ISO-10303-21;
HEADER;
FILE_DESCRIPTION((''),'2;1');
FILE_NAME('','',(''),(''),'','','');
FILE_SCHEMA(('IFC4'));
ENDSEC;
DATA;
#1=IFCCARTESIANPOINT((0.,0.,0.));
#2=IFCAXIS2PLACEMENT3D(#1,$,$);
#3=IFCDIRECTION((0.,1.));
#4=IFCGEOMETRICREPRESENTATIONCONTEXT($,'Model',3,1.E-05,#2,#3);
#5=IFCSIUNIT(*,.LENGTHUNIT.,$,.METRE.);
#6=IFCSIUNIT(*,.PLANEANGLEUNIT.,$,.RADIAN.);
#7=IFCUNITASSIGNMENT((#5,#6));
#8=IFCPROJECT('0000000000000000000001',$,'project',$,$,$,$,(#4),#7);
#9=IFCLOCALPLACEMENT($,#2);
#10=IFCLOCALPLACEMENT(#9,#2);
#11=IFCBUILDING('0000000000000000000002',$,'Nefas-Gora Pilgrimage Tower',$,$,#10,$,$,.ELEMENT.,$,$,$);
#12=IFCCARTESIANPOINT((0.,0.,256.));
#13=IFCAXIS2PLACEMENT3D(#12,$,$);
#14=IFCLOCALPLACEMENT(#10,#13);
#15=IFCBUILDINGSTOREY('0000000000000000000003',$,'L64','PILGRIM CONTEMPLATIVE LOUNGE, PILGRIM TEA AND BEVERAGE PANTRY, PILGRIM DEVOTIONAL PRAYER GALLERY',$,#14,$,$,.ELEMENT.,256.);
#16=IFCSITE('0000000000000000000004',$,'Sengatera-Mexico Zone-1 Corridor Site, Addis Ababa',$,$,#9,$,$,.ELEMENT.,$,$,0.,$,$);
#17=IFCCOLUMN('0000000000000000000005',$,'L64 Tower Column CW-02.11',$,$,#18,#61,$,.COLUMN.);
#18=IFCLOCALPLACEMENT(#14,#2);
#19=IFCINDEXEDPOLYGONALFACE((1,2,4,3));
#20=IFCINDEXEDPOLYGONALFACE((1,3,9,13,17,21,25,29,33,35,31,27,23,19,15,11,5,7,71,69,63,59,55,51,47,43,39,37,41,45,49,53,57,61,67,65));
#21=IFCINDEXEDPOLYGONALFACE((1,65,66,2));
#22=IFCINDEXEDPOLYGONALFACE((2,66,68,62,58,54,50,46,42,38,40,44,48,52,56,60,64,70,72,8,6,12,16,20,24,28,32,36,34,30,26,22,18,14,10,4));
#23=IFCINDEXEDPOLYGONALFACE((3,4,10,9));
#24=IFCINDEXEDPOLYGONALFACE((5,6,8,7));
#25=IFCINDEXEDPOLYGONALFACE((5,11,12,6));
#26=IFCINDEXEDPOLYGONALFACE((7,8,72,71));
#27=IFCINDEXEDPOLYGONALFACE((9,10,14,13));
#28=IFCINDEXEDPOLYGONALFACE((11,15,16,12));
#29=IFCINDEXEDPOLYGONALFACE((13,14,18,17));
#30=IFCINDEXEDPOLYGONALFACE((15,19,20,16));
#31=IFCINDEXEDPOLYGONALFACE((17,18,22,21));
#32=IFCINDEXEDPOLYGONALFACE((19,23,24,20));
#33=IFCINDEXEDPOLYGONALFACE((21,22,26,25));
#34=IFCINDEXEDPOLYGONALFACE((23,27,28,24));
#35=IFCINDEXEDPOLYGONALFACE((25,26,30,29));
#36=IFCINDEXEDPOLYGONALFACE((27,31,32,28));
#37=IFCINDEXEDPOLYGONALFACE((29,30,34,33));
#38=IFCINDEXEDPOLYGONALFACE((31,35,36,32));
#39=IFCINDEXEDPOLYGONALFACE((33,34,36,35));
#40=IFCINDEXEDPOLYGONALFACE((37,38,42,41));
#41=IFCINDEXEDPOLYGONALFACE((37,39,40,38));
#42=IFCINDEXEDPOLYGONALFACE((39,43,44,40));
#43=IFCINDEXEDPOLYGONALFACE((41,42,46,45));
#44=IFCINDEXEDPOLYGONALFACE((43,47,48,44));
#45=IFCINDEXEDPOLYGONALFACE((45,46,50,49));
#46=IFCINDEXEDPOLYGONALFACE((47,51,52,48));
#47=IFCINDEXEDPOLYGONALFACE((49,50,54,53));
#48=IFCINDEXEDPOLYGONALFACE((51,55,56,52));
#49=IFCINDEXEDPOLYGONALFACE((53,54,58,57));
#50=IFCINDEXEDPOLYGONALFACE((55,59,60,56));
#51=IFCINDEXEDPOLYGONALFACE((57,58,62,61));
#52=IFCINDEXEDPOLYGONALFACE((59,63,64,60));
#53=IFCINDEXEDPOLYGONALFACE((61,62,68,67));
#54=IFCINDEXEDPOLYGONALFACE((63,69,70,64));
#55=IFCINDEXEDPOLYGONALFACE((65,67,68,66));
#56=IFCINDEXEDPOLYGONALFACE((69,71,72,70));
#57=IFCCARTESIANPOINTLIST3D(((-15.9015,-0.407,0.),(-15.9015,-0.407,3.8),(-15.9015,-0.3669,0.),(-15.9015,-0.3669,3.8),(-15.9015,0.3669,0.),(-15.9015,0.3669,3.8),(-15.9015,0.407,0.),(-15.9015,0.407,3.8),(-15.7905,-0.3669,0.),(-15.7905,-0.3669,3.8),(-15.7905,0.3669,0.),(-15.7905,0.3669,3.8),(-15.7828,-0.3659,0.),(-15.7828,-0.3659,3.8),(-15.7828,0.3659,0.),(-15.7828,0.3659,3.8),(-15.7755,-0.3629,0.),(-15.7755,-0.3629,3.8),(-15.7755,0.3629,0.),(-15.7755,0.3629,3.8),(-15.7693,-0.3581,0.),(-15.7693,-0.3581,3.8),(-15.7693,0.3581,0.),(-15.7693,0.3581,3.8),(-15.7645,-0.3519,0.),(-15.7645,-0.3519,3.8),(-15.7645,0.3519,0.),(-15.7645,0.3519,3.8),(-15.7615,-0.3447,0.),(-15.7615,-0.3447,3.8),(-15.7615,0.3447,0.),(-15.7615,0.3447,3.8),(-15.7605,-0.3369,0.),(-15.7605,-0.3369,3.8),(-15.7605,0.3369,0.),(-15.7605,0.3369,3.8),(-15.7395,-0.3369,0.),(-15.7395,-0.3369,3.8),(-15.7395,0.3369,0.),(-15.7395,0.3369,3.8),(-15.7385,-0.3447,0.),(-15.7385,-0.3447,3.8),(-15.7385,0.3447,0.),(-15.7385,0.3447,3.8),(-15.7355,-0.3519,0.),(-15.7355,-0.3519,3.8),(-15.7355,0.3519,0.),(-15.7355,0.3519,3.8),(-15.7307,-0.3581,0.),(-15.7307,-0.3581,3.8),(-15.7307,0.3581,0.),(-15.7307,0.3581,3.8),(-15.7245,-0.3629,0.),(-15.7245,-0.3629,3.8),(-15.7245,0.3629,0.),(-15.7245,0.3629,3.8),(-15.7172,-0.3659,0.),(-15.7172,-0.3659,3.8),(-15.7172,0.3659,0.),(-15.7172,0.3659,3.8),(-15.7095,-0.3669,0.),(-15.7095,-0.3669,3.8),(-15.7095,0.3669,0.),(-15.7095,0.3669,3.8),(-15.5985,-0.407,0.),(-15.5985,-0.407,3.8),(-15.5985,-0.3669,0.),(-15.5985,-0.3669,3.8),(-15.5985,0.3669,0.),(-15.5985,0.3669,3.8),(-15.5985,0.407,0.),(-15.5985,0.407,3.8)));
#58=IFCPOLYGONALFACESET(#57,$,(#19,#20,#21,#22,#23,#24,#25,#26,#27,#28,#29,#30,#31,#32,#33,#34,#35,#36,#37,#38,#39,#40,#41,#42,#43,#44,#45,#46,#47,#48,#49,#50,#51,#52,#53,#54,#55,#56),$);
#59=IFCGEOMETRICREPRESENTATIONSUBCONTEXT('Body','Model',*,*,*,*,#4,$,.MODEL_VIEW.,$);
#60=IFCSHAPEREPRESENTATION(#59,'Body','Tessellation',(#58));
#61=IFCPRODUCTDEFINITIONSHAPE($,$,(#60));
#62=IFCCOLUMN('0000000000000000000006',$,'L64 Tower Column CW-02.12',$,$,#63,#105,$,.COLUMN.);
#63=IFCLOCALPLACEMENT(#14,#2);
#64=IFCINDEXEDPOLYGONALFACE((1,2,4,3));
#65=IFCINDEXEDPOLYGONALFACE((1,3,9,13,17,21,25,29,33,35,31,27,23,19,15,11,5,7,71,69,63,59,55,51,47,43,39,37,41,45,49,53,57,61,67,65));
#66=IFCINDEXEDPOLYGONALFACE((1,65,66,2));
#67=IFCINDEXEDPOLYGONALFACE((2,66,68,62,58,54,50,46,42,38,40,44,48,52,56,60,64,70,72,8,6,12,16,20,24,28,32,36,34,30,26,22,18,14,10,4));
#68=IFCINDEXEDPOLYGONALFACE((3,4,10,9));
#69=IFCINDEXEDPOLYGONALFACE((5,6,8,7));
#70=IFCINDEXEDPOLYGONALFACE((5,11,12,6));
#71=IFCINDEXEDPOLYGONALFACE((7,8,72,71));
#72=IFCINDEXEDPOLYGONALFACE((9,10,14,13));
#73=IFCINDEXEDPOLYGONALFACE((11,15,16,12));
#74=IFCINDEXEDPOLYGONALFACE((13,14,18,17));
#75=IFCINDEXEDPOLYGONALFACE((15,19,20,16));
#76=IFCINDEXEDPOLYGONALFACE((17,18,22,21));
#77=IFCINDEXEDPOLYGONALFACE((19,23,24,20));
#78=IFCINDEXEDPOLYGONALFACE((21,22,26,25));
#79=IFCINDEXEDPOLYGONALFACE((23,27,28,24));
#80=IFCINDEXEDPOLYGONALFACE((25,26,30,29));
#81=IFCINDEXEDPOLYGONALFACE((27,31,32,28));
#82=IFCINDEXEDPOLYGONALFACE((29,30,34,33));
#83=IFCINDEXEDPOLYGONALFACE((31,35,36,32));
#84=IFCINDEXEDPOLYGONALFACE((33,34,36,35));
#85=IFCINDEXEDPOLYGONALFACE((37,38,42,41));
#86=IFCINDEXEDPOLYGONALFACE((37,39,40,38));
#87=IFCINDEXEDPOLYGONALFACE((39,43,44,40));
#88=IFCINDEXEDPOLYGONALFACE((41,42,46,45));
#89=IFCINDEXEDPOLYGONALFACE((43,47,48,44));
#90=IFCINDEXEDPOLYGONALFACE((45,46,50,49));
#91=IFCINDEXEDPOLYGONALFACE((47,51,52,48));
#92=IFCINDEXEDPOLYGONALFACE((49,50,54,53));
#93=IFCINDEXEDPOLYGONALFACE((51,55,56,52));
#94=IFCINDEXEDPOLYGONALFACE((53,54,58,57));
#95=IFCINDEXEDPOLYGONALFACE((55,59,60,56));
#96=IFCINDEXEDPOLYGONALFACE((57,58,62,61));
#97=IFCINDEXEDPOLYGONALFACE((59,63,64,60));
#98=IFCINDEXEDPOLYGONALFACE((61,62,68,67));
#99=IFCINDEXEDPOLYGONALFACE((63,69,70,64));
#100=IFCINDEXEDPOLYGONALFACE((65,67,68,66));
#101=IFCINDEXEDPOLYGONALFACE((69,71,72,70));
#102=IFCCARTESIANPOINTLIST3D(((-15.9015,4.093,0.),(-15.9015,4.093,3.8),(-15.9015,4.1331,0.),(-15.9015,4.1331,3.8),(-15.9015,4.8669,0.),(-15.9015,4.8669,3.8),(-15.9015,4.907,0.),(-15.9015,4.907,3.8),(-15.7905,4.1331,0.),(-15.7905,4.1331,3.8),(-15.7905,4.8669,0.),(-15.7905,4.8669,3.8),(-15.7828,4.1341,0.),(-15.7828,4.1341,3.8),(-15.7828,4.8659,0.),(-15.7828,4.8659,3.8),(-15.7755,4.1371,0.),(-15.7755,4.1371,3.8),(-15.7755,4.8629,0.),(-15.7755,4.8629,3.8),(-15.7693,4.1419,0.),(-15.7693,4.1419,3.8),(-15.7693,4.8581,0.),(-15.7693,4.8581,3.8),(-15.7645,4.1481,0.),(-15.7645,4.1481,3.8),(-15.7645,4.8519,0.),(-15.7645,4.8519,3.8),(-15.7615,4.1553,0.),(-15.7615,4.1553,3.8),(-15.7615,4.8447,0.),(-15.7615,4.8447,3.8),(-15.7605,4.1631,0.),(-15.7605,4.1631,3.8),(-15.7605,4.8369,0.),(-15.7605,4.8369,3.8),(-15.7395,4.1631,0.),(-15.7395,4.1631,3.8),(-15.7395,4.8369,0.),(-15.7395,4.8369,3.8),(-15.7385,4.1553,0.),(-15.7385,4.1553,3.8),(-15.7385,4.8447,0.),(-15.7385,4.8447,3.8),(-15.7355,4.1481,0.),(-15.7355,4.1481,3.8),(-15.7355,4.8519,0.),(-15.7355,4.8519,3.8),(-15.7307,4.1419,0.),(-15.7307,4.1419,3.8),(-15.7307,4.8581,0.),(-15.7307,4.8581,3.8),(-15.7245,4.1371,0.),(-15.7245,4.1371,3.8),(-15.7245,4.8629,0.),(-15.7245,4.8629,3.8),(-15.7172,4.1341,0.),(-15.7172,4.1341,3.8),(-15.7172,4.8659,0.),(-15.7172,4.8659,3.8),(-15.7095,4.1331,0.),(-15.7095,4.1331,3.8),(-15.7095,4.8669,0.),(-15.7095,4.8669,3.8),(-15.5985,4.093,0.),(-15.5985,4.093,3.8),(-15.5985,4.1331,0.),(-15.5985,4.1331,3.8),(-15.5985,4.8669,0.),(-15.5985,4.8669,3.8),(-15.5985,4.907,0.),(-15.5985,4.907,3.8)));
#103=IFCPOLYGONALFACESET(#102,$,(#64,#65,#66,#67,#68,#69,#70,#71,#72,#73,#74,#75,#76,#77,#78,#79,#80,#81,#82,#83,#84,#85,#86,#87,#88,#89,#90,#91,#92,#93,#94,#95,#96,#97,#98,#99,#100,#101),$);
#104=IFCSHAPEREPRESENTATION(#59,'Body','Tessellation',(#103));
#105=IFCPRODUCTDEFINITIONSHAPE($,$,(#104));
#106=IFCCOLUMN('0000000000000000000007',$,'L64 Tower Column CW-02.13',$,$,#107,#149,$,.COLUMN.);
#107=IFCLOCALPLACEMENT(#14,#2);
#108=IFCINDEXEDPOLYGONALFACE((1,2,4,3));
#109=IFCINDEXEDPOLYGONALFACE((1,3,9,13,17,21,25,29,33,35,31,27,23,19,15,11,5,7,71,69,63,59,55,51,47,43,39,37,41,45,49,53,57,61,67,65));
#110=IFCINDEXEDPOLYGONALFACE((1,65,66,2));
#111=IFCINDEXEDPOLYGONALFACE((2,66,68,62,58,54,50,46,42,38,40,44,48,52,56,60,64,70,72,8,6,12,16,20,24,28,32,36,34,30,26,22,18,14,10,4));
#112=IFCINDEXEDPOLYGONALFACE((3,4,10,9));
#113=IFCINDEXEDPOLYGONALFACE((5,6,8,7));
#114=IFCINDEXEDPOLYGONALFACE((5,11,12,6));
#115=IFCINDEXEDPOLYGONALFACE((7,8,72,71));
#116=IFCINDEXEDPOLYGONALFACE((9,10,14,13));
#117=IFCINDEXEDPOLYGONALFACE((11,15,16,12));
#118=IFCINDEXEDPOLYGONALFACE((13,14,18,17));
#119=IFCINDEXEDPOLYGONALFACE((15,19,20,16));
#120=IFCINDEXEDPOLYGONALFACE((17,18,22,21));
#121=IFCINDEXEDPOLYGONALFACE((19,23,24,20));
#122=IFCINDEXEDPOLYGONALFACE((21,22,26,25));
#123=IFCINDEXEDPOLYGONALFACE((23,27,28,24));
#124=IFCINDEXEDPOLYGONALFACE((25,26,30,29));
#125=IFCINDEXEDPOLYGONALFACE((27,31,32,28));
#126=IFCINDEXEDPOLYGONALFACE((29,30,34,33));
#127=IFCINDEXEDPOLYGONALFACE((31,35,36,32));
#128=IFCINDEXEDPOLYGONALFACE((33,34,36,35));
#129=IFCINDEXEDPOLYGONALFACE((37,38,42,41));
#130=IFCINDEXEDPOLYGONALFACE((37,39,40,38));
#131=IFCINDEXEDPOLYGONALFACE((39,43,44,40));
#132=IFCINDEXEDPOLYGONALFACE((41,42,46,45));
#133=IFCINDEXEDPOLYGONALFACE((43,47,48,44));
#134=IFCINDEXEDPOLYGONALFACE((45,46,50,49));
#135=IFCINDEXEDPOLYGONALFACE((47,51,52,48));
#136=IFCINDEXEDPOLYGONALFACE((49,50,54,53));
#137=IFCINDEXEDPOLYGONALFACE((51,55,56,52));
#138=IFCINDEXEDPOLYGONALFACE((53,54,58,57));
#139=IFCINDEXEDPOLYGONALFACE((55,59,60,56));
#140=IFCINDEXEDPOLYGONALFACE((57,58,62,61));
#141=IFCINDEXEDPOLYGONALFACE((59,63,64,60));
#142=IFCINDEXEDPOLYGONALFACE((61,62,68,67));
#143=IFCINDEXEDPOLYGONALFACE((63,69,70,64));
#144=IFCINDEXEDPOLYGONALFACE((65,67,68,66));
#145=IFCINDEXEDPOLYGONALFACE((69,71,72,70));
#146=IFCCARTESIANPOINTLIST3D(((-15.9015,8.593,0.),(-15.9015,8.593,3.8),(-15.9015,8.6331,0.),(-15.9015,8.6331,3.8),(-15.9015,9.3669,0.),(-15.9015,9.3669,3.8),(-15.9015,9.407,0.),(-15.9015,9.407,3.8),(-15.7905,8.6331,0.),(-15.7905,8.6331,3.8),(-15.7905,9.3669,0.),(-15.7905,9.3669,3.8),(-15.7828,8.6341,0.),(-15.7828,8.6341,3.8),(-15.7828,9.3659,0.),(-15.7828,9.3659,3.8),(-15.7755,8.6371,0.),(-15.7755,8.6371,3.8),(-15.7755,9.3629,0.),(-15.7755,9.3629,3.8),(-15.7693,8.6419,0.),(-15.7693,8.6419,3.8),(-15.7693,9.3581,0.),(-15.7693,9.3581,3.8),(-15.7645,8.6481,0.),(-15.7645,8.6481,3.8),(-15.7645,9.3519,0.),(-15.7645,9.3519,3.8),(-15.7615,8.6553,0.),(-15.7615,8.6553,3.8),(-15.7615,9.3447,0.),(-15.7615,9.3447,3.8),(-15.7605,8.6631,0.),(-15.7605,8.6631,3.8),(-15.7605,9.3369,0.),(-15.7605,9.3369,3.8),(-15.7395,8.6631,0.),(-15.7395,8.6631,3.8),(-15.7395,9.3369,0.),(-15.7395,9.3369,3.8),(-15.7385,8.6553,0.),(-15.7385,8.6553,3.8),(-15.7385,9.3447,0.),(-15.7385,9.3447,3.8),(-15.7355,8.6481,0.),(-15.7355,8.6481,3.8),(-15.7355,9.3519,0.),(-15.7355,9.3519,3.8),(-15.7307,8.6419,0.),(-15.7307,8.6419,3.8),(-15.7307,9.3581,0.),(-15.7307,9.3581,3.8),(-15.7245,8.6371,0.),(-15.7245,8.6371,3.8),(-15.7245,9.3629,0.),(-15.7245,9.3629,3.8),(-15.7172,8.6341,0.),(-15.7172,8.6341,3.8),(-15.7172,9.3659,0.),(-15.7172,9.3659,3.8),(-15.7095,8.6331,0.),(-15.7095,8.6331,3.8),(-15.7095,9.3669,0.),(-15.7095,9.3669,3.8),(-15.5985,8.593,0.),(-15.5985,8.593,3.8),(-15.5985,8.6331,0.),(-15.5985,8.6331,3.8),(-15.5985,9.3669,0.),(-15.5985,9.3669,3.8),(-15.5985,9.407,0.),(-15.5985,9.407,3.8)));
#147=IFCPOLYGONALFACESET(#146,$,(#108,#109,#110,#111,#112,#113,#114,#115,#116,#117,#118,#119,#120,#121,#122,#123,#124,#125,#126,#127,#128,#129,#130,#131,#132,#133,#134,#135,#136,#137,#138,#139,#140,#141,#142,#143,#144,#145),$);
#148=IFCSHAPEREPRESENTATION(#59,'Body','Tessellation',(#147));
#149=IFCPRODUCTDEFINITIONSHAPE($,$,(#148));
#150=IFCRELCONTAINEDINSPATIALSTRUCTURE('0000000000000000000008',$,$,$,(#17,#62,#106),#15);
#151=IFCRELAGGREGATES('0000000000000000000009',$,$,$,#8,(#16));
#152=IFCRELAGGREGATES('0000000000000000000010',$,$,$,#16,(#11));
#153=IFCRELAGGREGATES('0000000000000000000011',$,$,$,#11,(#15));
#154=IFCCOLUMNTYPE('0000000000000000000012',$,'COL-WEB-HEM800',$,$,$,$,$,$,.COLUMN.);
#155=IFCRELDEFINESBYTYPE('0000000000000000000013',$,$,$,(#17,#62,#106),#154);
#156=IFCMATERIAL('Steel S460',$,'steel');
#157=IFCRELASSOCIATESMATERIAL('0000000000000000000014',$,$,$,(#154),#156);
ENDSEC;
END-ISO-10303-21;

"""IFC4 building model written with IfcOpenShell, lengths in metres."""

from ifc_helpers import new_model, si_unit, direction, frame, origin, origin_2d, place, context, subcontext, project, spatial, i_section, extrude, source, transform, mapped, material, material_profile, profile_set, type_object, element, save


model = new_model("IFC4")

# Units and contexts
model_context = context("Model", 3, precision=1e-05, world=origin(), true_north=direction((0.0, 1.0)))
body_context = subcontext(model_context, "Body", "Model", "MODEL_VIEW")
ifc_project = project(units=[si_unit("LENGTHUNIT", "METRE"), si_unit("PLANEANGLEUNIT", "RADIAN")], contexts=[model_context])

# Site, building, storey
site_placement = place(None, origin())
site = spatial("IfcSite", under=ifc_project, at=site_placement, Name="Sengatera-Mexico Zone-1 Corridor Site, Addis Ababa", CompositionType="ELEMENT", RefElevation=0.0)
building_placement = place(site_placement, origin())
building = spatial("IfcBuilding", under=site, at=building_placement, Name="Nefas-Gora Pilgrimage Tower", CompositionType="ELEMENT")
storey_placement = place(building_placement, frame((0.0, 0.0, 256.0)))
storey = spatial("IfcBuildingStorey", under=building, at=storey_placement, Name="L64", Description="PILGRIM CONTEMPLATIVE LOUNGE, PILGRIM TEA AND BEVERAGE PANTRY, PILGRIM DEVOTIONAL PRAYER GALLERY", CompositionType="ELEMENT", Elevation=256.0)

# Columns
ifc_material_1 = material(Name="Steel S460", Category="steel")
ifc_material_profile_1 = material_profile(ifc_material_1, i_section(OverallWidth=0.303, OverallDepth=0.814, WebThickness=0.021, FlangeThickness=0.04, FilletRadius=0.03, at=origin_2d()), Name="HEM 800")
ifc_profile_set_1 = profile_set([ifc_material_profile_1], Name="Steel S460")
column_type_1 = type_object("IfcColumnType", Name="COL-WEB-HEM800", PredefinedType="COLUMN", material=ifc_profile_set_1)
shared_shape_1 = source(origin(), body_context, "Body", "SweptSolid", [
    extrude(i_section(OverallWidth=0.303, OverallDepth=0.814, WebThickness=0.021, FlangeThickness=0.04, FilletRadius=0.03, at=origin_2d()), origin(), (0.0, 0.0, 1.0), 3.8),
])
for number, where, z_axis, x_axis, name in (
    (1, (-15.75, 0.0, 0.0), (0.0, 0.0, 1.0), (1.0, 0.0, 0.0), "L64 Tower Column CW-02.11"),
    (2, (-15.75, 4.5, 0.0), (0.0, 0.0, 1.0), (1.0, 0.0, 0.0), "L64 Tower Column CW-02.12"),
    (3, (-15.75, 9.0, 0.0), (0.0, 0.0, 1.0), (1.0, 0.0, 0.0), "L64 Tower Column CW-02.13"),
):
    element("IfcColumn", number, at=place(storey_placement, frame(where, z_axis=z_axis, x_axis=x_axis)), inside=storey, type_object=column_type_1, Name=name, PredefinedType="COLUMN", context=body_context, shape_type="MappedRepresentation", body=[
        mapped(shared_shape_1, transform((0.0, 0.0, 0.0), x_axis=(1.0, 0.0, 0.0), y_axis=(0.0, 1.0, 0.0), z_axis=(0.0, 0.0, 1.0), scale=1.0)),
    ])

save(model, "model.ifc")
